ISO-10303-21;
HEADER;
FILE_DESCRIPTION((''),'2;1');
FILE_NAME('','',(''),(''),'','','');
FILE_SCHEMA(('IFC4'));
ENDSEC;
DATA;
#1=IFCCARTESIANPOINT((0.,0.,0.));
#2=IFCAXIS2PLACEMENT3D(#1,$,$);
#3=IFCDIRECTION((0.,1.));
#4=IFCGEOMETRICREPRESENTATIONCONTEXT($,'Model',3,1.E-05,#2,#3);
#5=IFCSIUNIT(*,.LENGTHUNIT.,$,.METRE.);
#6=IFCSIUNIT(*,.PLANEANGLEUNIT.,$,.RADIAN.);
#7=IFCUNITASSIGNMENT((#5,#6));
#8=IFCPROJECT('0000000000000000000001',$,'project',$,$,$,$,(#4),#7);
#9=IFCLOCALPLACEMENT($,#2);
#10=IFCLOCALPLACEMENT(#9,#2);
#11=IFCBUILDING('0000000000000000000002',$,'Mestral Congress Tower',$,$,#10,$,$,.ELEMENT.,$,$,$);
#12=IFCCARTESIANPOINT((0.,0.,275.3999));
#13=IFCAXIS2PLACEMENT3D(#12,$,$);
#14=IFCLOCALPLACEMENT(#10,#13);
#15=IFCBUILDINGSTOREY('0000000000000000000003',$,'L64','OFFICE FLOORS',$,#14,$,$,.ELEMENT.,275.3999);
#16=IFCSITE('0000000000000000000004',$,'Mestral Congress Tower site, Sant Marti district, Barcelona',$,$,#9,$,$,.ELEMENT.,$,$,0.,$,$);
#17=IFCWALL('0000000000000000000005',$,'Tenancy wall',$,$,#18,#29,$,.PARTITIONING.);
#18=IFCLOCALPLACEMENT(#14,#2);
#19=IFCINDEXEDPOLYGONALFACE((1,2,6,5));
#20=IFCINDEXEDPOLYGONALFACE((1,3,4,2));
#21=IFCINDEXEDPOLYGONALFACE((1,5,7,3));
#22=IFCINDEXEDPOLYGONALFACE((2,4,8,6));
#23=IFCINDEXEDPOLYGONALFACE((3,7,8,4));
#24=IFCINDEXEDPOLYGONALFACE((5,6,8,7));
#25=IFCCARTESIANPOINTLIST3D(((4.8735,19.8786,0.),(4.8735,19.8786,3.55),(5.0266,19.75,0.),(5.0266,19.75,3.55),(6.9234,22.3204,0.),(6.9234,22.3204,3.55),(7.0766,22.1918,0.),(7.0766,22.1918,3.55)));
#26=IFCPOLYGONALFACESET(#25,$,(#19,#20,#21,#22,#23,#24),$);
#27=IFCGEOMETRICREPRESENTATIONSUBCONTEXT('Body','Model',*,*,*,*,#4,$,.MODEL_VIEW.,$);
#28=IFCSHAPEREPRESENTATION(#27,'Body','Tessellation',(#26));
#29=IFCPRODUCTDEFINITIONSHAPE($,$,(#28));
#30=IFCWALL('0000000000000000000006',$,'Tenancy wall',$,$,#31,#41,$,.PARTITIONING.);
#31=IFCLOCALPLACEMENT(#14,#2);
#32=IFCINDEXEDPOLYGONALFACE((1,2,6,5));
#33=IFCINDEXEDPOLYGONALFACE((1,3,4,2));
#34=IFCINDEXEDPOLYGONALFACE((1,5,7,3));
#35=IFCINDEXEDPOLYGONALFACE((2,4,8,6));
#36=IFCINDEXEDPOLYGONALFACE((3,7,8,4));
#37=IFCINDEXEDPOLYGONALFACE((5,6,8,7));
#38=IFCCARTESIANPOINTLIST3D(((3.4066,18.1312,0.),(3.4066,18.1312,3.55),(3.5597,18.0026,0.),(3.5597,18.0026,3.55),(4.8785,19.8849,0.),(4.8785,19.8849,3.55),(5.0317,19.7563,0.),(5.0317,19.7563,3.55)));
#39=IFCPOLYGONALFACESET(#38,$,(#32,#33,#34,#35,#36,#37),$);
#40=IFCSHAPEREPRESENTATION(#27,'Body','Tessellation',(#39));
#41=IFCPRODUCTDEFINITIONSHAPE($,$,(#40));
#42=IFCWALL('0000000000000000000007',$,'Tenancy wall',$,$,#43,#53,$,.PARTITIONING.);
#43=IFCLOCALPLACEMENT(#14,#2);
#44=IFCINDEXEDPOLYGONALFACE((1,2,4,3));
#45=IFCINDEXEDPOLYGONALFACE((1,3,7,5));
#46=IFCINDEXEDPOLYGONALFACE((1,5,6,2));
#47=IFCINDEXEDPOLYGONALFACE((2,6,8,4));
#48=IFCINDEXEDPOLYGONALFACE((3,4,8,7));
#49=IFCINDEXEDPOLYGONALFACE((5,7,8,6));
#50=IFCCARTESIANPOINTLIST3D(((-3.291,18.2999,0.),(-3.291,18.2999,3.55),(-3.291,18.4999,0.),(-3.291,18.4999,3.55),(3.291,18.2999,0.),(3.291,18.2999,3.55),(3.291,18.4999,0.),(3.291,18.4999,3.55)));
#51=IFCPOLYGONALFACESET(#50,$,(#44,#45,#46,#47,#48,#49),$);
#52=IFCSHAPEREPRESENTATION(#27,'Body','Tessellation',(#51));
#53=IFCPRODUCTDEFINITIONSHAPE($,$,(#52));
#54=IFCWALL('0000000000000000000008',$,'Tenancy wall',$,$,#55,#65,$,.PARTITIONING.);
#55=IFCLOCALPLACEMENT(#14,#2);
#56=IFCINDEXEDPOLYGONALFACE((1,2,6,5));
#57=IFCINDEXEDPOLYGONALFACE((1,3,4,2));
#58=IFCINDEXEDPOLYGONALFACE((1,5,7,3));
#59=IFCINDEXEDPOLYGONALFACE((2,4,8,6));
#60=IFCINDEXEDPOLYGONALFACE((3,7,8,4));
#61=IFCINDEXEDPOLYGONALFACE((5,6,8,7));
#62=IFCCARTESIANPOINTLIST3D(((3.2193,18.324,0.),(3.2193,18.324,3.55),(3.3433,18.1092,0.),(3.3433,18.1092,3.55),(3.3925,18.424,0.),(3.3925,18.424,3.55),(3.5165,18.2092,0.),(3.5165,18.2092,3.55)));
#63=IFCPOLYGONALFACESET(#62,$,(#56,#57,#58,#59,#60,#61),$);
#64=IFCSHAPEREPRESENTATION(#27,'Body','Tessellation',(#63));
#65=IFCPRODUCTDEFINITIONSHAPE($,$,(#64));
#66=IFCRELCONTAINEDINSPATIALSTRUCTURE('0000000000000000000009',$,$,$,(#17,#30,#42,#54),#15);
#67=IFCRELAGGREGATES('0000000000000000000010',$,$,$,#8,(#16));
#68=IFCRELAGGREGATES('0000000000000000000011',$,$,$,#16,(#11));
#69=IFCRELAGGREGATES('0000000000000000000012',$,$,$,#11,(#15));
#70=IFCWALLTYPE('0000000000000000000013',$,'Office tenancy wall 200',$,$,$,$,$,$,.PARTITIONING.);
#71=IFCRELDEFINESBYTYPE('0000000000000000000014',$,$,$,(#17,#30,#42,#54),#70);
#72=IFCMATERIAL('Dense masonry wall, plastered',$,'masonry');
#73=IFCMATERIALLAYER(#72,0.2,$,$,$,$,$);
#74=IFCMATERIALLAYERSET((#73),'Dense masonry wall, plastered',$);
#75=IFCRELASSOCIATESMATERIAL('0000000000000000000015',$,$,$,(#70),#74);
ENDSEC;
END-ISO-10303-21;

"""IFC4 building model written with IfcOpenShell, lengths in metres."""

from ifc_helpers import new_model, si_unit, direction, frame, frame_2d, origin, place, context, subcontext, project, spatial, rectangle, extrude, material, layer, layer_set, type_object, element, save


model = new_model("IFC4")

# Units and contexts
model_context = context("Model", 3, precision=1e-05, world=origin(), true_north=direction((0.0, 1.0)))
body_context = subcontext(model_context, "Body", "Model", "MODEL_VIEW")
ifc_project = project(units=[si_unit("LENGTHUNIT", "METRE"), si_unit("PLANEANGLEUNIT", "RADIAN")], contexts=[model_context])

# Site, building, storey
site_placement = place(None, origin())
site = spatial("IfcSite", under=ifc_project, at=site_placement, Name="Mestral Congress Tower site, Sant Marti district, Barcelona", CompositionType="ELEMENT", RefElevation=0.0)
building_placement = place(site_placement, origin())
building = spatial("IfcBuilding", under=site, at=building_placement, Name="Mestral Congress Tower", CompositionType="ELEMENT")
storey_placement = place(building_placement, frame((0.0, 0.0, 275.3999)))
storey = spatial("IfcBuildingStorey", under=building, at=storey_placement, Name="L64", Description="OFFICE FLOORS", CompositionType="ELEMENT", Elevation=275.3999)

# Walls
ifc_material_1 = material(Name="Dense masonry wall, plastered", Category="masonry")
ifc_layer_1 = layer(ifc_material_1, 0.2)
ifc_layer_set_1 = layer_set([ifc_layer_1], Name="Dense masonry wall, plastered")
wall_type_1 = type_object("IfcWallType", Name="Office tenancy wall 200", PredefinedType="PARTITIONING", material=ifc_layer_set_1)
wall_1_placement = place(storey_placement, frame((4.95, 19.8142, 0.0), z_axis=(0.0, 0.0, 1.0), x_axis=(0.642982, 0.765881, 0.0)))
element("IfcWall", 1, at=wall_1_placement, inside=storey, type_object=wall_type_1, Name="Tenancy wall", PredefinedType="PARTITIONING", context=body_context, shape_type="SweptSolid", body=[
    extrude(rectangle(XDim=3.1882, YDim=0.2, at=frame_2d((1.5942, 0.0))), origin(), (0.0, 0.0, 1.0), 3.55),
])
wall_2_placement = place(storey_placement, frame((3.4832, 18.0669, 0.0), z_axis=(0.0, 0.0, 1.0), x_axis=(0.642897, 0.765953, 0.0)))
element("IfcWall", 2, at=wall_2_placement, inside=storey, type_object=wall_type_1, Name="Tenancy wall", PredefinedType="PARTITIONING", context=body_context, shape_type="SweptSolid", body=[
    extrude(rectangle(XDim=2.2896, YDim=0.2, at=frame_2d((1.1448, 0.0))), origin(), (0.0, 0.0, 1.0), 3.55),
])
wall_3_placement = place(storey_placement, frame((3.291, 18.3999, 0.0), z_axis=(0.0, 0.0, 1.0), x_axis=(-1.0, 0.0, 0.0)))
element("IfcWall", 3, at=wall_3_placement, inside=storey, type_object=wall_type_1, Name="Tenancy wall", PredefinedType="PARTITIONING", context=body_context, shape_type="SweptSolid", body=[
    extrude(rectangle(XDim=6.582, YDim=0.2, at=frame_2d((3.291, 0.0))), origin(), (0.0, 0.0, 1.0), 3.55),
])
wall_4_placement = place(storey_placement, frame((3.4299, 18.1592, 0.0), z_axis=(0.0, 0.0, 1.0), x_axis=(-0.49995, 0.866054, 0.0)))
element("IfcWall", 4, at=wall_4_placement, inside=storey, type_object=wall_type_1, Name="Tenancy wall", PredefinedType="PARTITIONING", context=body_context, shape_type="SweptSolid", body=[
    extrude(rectangle(XDim=0.248, YDim=0.2, at=frame_2d((0.124, 0.0))), origin(), (0.0, 0.0, 1.0), 3.55),
])

save(model, "model.ifc")
